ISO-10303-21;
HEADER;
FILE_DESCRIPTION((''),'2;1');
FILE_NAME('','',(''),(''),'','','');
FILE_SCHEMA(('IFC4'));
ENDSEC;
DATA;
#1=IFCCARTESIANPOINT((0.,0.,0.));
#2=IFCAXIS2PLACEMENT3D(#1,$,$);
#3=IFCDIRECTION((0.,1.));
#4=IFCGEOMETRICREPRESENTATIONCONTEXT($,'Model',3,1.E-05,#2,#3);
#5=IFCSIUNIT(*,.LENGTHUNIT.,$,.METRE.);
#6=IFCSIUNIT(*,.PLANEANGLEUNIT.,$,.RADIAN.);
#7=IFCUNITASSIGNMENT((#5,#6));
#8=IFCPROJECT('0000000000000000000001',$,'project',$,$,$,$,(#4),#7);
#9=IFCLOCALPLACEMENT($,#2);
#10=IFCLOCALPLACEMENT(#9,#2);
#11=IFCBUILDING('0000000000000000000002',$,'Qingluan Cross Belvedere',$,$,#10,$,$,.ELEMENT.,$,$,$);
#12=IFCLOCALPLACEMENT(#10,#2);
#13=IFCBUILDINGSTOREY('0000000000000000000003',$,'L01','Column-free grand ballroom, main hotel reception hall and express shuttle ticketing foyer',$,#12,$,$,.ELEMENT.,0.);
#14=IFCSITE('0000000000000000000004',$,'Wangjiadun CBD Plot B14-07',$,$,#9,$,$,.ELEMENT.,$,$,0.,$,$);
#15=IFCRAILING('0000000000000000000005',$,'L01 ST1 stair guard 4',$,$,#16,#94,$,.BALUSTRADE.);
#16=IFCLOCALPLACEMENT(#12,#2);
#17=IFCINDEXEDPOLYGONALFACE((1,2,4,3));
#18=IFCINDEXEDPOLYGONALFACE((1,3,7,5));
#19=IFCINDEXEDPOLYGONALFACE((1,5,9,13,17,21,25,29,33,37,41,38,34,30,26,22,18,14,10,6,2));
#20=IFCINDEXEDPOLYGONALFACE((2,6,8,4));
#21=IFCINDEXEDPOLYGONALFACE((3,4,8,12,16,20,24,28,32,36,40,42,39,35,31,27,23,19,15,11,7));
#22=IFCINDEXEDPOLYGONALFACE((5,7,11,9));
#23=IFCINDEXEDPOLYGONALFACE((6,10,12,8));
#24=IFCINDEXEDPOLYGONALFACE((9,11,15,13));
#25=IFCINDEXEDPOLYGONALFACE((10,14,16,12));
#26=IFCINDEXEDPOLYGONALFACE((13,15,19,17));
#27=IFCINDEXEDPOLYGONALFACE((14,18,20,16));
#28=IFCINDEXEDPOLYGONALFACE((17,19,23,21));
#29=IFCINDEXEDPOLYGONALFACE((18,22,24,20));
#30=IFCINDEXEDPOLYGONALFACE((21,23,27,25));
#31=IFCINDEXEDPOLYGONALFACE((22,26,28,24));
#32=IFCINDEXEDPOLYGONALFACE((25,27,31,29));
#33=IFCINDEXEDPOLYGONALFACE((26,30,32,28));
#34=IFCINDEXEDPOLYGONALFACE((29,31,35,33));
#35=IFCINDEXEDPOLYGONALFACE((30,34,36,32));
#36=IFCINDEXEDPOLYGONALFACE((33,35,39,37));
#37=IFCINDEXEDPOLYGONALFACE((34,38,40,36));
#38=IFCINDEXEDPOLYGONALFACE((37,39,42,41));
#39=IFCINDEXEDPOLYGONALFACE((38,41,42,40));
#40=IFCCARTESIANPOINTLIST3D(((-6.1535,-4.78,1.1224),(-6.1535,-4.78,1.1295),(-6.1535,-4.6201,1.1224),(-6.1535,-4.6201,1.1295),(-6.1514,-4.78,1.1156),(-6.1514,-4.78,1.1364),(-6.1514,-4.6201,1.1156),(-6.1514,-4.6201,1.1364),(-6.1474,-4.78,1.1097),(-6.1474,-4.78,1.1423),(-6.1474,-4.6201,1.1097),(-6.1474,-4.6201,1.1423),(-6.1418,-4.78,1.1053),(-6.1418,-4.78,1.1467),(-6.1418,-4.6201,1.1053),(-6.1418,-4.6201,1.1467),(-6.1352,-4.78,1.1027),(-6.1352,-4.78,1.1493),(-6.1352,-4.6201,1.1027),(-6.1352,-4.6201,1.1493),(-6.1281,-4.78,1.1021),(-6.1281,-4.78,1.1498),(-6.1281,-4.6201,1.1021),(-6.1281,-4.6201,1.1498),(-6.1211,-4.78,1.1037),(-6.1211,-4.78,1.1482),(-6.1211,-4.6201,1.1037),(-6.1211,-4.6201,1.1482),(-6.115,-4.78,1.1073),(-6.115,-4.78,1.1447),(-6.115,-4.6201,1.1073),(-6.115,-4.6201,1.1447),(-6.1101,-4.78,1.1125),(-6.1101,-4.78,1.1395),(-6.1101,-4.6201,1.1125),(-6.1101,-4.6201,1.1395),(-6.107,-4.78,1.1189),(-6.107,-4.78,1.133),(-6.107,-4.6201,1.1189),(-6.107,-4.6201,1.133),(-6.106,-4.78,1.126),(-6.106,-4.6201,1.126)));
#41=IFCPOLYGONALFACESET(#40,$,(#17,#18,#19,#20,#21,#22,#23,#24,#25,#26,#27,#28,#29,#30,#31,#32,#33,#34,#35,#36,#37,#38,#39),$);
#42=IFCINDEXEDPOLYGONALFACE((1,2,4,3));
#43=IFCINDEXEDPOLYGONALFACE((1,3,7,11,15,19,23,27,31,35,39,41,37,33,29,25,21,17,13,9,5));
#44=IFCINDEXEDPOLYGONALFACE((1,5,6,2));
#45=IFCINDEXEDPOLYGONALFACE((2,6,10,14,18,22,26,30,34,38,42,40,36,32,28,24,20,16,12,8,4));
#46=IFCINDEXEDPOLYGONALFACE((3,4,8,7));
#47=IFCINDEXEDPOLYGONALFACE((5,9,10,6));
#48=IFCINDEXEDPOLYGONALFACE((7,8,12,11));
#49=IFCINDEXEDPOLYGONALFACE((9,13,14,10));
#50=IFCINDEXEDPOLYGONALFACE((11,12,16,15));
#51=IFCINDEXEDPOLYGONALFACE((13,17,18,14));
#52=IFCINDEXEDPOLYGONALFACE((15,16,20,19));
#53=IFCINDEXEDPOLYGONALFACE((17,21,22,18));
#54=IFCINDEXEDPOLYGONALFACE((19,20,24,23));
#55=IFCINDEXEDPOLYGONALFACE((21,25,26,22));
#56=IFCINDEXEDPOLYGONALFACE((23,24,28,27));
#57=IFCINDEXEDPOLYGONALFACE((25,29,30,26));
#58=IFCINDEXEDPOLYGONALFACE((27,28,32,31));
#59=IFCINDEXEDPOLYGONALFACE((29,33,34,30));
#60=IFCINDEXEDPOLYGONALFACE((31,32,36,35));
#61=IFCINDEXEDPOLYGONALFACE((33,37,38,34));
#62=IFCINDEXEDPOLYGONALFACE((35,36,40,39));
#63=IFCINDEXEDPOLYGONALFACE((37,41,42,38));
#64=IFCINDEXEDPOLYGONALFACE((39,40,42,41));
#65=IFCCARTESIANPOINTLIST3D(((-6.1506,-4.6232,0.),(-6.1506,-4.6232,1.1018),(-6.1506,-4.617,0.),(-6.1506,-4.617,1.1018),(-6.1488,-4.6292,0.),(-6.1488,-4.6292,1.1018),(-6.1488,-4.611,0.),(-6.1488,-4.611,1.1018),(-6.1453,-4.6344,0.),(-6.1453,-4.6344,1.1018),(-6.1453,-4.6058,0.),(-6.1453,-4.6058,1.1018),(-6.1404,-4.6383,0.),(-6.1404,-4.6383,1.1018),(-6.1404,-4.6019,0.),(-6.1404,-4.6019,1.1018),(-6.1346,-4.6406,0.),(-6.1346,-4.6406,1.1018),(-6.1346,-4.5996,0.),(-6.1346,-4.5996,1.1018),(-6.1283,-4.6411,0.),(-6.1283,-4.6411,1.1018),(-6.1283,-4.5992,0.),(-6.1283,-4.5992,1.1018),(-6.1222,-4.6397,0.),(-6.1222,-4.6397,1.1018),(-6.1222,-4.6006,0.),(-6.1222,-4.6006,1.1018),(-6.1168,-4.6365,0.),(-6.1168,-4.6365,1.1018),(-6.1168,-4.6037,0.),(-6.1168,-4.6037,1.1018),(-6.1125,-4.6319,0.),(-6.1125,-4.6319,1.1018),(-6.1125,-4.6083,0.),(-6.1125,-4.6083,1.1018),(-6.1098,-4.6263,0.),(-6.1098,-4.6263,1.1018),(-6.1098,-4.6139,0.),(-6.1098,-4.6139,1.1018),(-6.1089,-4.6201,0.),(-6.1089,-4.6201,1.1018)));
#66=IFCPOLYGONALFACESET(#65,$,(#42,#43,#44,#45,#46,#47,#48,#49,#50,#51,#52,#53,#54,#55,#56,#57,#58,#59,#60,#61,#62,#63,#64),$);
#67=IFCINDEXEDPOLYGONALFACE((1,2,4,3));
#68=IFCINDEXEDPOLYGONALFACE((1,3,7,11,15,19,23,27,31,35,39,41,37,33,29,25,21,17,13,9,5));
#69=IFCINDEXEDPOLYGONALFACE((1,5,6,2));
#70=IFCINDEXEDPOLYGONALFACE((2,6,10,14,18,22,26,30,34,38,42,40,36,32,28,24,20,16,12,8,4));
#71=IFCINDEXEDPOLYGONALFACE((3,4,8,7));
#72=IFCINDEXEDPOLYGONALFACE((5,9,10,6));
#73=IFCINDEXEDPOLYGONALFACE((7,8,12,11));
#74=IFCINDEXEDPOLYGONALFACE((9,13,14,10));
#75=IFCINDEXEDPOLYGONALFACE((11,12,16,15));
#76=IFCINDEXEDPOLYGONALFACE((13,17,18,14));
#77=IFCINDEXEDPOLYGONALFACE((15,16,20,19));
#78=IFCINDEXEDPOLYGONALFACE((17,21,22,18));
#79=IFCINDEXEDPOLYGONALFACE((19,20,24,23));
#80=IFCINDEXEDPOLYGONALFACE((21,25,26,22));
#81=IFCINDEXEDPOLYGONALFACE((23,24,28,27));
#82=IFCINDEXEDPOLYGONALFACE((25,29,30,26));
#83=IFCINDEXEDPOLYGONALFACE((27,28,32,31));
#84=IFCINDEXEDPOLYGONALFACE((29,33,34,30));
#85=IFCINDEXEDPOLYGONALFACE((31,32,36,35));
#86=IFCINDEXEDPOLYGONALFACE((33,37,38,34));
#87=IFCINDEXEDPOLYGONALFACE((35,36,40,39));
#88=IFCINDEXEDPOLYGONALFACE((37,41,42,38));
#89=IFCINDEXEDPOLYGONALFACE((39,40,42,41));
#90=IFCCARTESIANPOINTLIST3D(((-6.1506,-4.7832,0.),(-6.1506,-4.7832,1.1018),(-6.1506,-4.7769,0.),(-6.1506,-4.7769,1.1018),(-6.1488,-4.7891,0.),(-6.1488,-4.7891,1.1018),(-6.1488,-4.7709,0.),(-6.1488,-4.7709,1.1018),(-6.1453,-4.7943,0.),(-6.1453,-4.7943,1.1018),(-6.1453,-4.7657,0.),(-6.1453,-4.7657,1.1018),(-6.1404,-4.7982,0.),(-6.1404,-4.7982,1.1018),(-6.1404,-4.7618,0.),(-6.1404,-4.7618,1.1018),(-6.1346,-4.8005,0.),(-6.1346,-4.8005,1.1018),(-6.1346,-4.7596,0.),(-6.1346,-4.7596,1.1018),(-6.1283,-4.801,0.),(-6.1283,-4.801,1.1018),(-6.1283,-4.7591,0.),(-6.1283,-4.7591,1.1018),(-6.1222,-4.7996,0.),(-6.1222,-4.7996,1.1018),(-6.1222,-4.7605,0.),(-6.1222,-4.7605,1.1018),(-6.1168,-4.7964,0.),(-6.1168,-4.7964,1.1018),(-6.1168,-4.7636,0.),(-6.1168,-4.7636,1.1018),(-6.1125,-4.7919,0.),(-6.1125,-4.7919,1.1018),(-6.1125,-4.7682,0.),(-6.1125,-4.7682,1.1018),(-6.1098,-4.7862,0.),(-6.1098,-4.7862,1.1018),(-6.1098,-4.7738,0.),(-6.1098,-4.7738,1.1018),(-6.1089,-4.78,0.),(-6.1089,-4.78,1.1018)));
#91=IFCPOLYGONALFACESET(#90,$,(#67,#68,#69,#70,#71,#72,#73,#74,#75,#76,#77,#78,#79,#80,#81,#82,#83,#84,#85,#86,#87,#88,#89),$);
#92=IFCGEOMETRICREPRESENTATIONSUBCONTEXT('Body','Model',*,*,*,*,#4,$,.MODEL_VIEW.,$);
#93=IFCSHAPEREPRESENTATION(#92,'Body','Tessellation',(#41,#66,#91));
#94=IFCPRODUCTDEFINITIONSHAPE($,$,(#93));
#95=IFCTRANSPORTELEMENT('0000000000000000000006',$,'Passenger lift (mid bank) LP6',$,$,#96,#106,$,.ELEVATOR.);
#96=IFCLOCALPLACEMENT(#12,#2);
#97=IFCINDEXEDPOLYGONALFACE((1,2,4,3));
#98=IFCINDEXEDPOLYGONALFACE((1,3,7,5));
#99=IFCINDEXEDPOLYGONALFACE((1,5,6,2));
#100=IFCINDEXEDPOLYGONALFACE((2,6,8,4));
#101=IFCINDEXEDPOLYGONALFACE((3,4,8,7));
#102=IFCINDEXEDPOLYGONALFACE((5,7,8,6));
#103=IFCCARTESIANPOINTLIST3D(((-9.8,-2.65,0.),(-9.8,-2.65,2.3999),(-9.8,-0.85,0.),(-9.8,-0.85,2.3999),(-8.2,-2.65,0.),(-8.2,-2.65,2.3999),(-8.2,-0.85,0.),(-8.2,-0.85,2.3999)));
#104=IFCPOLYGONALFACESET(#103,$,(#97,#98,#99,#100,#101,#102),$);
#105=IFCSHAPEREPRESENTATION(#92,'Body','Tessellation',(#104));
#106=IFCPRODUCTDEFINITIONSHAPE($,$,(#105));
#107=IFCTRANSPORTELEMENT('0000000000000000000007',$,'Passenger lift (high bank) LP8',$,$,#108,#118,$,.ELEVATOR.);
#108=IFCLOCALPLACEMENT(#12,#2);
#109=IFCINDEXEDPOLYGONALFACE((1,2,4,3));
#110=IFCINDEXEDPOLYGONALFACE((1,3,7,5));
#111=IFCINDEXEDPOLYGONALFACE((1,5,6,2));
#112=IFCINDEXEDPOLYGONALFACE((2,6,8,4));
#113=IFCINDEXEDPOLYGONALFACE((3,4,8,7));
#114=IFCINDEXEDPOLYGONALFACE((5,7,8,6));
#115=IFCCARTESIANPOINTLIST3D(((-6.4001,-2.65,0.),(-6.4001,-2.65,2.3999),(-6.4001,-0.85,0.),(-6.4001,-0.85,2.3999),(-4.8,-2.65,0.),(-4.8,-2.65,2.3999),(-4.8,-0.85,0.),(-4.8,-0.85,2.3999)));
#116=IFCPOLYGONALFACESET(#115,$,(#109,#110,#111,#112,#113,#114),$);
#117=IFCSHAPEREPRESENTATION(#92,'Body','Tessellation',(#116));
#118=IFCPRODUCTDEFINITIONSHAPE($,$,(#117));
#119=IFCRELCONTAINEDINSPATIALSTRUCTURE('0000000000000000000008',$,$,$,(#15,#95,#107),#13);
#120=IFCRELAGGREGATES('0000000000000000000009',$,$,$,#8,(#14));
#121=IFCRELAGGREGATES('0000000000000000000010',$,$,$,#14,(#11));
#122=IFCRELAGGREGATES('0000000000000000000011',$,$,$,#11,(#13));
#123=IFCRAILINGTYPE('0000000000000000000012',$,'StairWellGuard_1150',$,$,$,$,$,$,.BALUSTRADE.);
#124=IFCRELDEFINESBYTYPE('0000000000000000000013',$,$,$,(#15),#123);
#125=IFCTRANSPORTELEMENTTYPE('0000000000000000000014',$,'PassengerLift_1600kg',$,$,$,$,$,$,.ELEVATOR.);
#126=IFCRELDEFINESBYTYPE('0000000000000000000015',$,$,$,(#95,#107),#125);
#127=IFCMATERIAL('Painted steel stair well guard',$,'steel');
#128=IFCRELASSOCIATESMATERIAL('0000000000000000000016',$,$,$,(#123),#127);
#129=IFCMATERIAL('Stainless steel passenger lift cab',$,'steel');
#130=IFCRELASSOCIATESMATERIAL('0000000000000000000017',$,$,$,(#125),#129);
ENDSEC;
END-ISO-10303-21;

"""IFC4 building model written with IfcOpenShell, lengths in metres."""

from ifc_helpers import new_model, si_unit, direction, frame, origin, origin_2d, place, context, subcontext, project, spatial, rectangle, circle, extrude, material, type_object, element, save


model = new_model("IFC4")

# Units and contexts
model_context = context("Model", 3, precision=1e-05, world=origin(), true_north=direction((0.0, 1.0)))
body_context = subcontext(model_context, "Body", "Model", "MODEL_VIEW")
ifc_project = project(units=[si_unit("LENGTHUNIT", "METRE"), si_unit("PLANEANGLEUNIT", "RADIAN")], contexts=[model_context])

# Site, building, storey
site_placement = place(None, origin())
site = spatial("IfcSite", under=ifc_project, at=site_placement, Name="Wangjiadun CBD Plot B14-07", CompositionType="ELEMENT", RefElevation=0.0)
building_placement = place(site_placement, origin())
building = spatial("IfcBuilding", under=site, at=building_placement, Name="Qingluan Cross Belvedere", CompositionType="ELEMENT")
storey_placement = place(building_placement, origin())
storey = spatial("IfcBuildingStorey", under=building, at=storey_placement, Name="L01", Description="Column-free grand ballroom, main hotel reception hall and express shuttle ticketing foyer", CompositionType="ELEMENT", Elevation=0.0)

# Railing
ifc_material_1 = material(Name="Painted steel stair well guard", Category="steel")
railing_type_1 = type_object("IfcRailingType", Name="StairWellGuard_1150", PredefinedType="BALUSTRADE", material=ifc_material_1)
railing_1_placement = place(storey_placement, frame((-6.1299, -4.6201, 0.0)))
element("IfcRailing", 1, at=railing_1_placement, inside=storey, type_object=railing_type_1, Name="L01 ST1 stair guard 4", PredefinedType="BALUSTRADE", context=body_context, shape_type="SweptSolid", body=[
    extrude(circle(Radius=0.0239, at=origin_2d()), frame((0.0, 0.0, 1.126), z_axis=(0.0, -1.0, 0.0), x_axis=(1.0, 0.0, 0.0)), (0.0, 0.0, 1.0), 0.1599),
    extrude(circle(Radius=0.021, at=origin_2d()), origin(), (0.0, 0.0, 1.0), 1.1018),
    extrude(circle(Radius=0.021, at=origin_2d()), frame((0.0, -0.1599, 0.0)), (0.0, 0.0, 1.0), 1.1018),
])

# Transport elements
ifc_material_2 = material(Name="Stainless steel passenger lift cab", Category="steel")
transport_element_type = type_object("IfcTransportElementType", Name="PassengerLift_1600kg", PredefinedType="ELEVATOR", material=ifc_material_2)
for number, where, z_axis, x_axis, name in (
    (2, (-9.0, -1.75, 0.0), (0.0, 0.0, 1.0), (1.0, 0.0, 0.0), "Passenger lift (mid bank) LP6"),
    (3, (-5.6001, -1.75, 0.0), (0.0, 0.0, 1.0), (1.0, 0.0, 0.0), "Passenger lift (high bank) LP8"),
):
    element("IfcTransportElement", number, at=place(storey_placement, frame(where, z_axis=z_axis, x_axis=x_axis)), inside=storey, type_object=transport_element_type, Name=name, PredefinedType="ELEVATOR", context=body_context, shape_type="SweptSolid", body=[
        extrude(rectangle(XDim=1.6001, YDim=1.8, at=origin_2d()), origin(), (0.0, 0.0, 1.0), 2.3999),
    ])

save(model, "model.ifc")
